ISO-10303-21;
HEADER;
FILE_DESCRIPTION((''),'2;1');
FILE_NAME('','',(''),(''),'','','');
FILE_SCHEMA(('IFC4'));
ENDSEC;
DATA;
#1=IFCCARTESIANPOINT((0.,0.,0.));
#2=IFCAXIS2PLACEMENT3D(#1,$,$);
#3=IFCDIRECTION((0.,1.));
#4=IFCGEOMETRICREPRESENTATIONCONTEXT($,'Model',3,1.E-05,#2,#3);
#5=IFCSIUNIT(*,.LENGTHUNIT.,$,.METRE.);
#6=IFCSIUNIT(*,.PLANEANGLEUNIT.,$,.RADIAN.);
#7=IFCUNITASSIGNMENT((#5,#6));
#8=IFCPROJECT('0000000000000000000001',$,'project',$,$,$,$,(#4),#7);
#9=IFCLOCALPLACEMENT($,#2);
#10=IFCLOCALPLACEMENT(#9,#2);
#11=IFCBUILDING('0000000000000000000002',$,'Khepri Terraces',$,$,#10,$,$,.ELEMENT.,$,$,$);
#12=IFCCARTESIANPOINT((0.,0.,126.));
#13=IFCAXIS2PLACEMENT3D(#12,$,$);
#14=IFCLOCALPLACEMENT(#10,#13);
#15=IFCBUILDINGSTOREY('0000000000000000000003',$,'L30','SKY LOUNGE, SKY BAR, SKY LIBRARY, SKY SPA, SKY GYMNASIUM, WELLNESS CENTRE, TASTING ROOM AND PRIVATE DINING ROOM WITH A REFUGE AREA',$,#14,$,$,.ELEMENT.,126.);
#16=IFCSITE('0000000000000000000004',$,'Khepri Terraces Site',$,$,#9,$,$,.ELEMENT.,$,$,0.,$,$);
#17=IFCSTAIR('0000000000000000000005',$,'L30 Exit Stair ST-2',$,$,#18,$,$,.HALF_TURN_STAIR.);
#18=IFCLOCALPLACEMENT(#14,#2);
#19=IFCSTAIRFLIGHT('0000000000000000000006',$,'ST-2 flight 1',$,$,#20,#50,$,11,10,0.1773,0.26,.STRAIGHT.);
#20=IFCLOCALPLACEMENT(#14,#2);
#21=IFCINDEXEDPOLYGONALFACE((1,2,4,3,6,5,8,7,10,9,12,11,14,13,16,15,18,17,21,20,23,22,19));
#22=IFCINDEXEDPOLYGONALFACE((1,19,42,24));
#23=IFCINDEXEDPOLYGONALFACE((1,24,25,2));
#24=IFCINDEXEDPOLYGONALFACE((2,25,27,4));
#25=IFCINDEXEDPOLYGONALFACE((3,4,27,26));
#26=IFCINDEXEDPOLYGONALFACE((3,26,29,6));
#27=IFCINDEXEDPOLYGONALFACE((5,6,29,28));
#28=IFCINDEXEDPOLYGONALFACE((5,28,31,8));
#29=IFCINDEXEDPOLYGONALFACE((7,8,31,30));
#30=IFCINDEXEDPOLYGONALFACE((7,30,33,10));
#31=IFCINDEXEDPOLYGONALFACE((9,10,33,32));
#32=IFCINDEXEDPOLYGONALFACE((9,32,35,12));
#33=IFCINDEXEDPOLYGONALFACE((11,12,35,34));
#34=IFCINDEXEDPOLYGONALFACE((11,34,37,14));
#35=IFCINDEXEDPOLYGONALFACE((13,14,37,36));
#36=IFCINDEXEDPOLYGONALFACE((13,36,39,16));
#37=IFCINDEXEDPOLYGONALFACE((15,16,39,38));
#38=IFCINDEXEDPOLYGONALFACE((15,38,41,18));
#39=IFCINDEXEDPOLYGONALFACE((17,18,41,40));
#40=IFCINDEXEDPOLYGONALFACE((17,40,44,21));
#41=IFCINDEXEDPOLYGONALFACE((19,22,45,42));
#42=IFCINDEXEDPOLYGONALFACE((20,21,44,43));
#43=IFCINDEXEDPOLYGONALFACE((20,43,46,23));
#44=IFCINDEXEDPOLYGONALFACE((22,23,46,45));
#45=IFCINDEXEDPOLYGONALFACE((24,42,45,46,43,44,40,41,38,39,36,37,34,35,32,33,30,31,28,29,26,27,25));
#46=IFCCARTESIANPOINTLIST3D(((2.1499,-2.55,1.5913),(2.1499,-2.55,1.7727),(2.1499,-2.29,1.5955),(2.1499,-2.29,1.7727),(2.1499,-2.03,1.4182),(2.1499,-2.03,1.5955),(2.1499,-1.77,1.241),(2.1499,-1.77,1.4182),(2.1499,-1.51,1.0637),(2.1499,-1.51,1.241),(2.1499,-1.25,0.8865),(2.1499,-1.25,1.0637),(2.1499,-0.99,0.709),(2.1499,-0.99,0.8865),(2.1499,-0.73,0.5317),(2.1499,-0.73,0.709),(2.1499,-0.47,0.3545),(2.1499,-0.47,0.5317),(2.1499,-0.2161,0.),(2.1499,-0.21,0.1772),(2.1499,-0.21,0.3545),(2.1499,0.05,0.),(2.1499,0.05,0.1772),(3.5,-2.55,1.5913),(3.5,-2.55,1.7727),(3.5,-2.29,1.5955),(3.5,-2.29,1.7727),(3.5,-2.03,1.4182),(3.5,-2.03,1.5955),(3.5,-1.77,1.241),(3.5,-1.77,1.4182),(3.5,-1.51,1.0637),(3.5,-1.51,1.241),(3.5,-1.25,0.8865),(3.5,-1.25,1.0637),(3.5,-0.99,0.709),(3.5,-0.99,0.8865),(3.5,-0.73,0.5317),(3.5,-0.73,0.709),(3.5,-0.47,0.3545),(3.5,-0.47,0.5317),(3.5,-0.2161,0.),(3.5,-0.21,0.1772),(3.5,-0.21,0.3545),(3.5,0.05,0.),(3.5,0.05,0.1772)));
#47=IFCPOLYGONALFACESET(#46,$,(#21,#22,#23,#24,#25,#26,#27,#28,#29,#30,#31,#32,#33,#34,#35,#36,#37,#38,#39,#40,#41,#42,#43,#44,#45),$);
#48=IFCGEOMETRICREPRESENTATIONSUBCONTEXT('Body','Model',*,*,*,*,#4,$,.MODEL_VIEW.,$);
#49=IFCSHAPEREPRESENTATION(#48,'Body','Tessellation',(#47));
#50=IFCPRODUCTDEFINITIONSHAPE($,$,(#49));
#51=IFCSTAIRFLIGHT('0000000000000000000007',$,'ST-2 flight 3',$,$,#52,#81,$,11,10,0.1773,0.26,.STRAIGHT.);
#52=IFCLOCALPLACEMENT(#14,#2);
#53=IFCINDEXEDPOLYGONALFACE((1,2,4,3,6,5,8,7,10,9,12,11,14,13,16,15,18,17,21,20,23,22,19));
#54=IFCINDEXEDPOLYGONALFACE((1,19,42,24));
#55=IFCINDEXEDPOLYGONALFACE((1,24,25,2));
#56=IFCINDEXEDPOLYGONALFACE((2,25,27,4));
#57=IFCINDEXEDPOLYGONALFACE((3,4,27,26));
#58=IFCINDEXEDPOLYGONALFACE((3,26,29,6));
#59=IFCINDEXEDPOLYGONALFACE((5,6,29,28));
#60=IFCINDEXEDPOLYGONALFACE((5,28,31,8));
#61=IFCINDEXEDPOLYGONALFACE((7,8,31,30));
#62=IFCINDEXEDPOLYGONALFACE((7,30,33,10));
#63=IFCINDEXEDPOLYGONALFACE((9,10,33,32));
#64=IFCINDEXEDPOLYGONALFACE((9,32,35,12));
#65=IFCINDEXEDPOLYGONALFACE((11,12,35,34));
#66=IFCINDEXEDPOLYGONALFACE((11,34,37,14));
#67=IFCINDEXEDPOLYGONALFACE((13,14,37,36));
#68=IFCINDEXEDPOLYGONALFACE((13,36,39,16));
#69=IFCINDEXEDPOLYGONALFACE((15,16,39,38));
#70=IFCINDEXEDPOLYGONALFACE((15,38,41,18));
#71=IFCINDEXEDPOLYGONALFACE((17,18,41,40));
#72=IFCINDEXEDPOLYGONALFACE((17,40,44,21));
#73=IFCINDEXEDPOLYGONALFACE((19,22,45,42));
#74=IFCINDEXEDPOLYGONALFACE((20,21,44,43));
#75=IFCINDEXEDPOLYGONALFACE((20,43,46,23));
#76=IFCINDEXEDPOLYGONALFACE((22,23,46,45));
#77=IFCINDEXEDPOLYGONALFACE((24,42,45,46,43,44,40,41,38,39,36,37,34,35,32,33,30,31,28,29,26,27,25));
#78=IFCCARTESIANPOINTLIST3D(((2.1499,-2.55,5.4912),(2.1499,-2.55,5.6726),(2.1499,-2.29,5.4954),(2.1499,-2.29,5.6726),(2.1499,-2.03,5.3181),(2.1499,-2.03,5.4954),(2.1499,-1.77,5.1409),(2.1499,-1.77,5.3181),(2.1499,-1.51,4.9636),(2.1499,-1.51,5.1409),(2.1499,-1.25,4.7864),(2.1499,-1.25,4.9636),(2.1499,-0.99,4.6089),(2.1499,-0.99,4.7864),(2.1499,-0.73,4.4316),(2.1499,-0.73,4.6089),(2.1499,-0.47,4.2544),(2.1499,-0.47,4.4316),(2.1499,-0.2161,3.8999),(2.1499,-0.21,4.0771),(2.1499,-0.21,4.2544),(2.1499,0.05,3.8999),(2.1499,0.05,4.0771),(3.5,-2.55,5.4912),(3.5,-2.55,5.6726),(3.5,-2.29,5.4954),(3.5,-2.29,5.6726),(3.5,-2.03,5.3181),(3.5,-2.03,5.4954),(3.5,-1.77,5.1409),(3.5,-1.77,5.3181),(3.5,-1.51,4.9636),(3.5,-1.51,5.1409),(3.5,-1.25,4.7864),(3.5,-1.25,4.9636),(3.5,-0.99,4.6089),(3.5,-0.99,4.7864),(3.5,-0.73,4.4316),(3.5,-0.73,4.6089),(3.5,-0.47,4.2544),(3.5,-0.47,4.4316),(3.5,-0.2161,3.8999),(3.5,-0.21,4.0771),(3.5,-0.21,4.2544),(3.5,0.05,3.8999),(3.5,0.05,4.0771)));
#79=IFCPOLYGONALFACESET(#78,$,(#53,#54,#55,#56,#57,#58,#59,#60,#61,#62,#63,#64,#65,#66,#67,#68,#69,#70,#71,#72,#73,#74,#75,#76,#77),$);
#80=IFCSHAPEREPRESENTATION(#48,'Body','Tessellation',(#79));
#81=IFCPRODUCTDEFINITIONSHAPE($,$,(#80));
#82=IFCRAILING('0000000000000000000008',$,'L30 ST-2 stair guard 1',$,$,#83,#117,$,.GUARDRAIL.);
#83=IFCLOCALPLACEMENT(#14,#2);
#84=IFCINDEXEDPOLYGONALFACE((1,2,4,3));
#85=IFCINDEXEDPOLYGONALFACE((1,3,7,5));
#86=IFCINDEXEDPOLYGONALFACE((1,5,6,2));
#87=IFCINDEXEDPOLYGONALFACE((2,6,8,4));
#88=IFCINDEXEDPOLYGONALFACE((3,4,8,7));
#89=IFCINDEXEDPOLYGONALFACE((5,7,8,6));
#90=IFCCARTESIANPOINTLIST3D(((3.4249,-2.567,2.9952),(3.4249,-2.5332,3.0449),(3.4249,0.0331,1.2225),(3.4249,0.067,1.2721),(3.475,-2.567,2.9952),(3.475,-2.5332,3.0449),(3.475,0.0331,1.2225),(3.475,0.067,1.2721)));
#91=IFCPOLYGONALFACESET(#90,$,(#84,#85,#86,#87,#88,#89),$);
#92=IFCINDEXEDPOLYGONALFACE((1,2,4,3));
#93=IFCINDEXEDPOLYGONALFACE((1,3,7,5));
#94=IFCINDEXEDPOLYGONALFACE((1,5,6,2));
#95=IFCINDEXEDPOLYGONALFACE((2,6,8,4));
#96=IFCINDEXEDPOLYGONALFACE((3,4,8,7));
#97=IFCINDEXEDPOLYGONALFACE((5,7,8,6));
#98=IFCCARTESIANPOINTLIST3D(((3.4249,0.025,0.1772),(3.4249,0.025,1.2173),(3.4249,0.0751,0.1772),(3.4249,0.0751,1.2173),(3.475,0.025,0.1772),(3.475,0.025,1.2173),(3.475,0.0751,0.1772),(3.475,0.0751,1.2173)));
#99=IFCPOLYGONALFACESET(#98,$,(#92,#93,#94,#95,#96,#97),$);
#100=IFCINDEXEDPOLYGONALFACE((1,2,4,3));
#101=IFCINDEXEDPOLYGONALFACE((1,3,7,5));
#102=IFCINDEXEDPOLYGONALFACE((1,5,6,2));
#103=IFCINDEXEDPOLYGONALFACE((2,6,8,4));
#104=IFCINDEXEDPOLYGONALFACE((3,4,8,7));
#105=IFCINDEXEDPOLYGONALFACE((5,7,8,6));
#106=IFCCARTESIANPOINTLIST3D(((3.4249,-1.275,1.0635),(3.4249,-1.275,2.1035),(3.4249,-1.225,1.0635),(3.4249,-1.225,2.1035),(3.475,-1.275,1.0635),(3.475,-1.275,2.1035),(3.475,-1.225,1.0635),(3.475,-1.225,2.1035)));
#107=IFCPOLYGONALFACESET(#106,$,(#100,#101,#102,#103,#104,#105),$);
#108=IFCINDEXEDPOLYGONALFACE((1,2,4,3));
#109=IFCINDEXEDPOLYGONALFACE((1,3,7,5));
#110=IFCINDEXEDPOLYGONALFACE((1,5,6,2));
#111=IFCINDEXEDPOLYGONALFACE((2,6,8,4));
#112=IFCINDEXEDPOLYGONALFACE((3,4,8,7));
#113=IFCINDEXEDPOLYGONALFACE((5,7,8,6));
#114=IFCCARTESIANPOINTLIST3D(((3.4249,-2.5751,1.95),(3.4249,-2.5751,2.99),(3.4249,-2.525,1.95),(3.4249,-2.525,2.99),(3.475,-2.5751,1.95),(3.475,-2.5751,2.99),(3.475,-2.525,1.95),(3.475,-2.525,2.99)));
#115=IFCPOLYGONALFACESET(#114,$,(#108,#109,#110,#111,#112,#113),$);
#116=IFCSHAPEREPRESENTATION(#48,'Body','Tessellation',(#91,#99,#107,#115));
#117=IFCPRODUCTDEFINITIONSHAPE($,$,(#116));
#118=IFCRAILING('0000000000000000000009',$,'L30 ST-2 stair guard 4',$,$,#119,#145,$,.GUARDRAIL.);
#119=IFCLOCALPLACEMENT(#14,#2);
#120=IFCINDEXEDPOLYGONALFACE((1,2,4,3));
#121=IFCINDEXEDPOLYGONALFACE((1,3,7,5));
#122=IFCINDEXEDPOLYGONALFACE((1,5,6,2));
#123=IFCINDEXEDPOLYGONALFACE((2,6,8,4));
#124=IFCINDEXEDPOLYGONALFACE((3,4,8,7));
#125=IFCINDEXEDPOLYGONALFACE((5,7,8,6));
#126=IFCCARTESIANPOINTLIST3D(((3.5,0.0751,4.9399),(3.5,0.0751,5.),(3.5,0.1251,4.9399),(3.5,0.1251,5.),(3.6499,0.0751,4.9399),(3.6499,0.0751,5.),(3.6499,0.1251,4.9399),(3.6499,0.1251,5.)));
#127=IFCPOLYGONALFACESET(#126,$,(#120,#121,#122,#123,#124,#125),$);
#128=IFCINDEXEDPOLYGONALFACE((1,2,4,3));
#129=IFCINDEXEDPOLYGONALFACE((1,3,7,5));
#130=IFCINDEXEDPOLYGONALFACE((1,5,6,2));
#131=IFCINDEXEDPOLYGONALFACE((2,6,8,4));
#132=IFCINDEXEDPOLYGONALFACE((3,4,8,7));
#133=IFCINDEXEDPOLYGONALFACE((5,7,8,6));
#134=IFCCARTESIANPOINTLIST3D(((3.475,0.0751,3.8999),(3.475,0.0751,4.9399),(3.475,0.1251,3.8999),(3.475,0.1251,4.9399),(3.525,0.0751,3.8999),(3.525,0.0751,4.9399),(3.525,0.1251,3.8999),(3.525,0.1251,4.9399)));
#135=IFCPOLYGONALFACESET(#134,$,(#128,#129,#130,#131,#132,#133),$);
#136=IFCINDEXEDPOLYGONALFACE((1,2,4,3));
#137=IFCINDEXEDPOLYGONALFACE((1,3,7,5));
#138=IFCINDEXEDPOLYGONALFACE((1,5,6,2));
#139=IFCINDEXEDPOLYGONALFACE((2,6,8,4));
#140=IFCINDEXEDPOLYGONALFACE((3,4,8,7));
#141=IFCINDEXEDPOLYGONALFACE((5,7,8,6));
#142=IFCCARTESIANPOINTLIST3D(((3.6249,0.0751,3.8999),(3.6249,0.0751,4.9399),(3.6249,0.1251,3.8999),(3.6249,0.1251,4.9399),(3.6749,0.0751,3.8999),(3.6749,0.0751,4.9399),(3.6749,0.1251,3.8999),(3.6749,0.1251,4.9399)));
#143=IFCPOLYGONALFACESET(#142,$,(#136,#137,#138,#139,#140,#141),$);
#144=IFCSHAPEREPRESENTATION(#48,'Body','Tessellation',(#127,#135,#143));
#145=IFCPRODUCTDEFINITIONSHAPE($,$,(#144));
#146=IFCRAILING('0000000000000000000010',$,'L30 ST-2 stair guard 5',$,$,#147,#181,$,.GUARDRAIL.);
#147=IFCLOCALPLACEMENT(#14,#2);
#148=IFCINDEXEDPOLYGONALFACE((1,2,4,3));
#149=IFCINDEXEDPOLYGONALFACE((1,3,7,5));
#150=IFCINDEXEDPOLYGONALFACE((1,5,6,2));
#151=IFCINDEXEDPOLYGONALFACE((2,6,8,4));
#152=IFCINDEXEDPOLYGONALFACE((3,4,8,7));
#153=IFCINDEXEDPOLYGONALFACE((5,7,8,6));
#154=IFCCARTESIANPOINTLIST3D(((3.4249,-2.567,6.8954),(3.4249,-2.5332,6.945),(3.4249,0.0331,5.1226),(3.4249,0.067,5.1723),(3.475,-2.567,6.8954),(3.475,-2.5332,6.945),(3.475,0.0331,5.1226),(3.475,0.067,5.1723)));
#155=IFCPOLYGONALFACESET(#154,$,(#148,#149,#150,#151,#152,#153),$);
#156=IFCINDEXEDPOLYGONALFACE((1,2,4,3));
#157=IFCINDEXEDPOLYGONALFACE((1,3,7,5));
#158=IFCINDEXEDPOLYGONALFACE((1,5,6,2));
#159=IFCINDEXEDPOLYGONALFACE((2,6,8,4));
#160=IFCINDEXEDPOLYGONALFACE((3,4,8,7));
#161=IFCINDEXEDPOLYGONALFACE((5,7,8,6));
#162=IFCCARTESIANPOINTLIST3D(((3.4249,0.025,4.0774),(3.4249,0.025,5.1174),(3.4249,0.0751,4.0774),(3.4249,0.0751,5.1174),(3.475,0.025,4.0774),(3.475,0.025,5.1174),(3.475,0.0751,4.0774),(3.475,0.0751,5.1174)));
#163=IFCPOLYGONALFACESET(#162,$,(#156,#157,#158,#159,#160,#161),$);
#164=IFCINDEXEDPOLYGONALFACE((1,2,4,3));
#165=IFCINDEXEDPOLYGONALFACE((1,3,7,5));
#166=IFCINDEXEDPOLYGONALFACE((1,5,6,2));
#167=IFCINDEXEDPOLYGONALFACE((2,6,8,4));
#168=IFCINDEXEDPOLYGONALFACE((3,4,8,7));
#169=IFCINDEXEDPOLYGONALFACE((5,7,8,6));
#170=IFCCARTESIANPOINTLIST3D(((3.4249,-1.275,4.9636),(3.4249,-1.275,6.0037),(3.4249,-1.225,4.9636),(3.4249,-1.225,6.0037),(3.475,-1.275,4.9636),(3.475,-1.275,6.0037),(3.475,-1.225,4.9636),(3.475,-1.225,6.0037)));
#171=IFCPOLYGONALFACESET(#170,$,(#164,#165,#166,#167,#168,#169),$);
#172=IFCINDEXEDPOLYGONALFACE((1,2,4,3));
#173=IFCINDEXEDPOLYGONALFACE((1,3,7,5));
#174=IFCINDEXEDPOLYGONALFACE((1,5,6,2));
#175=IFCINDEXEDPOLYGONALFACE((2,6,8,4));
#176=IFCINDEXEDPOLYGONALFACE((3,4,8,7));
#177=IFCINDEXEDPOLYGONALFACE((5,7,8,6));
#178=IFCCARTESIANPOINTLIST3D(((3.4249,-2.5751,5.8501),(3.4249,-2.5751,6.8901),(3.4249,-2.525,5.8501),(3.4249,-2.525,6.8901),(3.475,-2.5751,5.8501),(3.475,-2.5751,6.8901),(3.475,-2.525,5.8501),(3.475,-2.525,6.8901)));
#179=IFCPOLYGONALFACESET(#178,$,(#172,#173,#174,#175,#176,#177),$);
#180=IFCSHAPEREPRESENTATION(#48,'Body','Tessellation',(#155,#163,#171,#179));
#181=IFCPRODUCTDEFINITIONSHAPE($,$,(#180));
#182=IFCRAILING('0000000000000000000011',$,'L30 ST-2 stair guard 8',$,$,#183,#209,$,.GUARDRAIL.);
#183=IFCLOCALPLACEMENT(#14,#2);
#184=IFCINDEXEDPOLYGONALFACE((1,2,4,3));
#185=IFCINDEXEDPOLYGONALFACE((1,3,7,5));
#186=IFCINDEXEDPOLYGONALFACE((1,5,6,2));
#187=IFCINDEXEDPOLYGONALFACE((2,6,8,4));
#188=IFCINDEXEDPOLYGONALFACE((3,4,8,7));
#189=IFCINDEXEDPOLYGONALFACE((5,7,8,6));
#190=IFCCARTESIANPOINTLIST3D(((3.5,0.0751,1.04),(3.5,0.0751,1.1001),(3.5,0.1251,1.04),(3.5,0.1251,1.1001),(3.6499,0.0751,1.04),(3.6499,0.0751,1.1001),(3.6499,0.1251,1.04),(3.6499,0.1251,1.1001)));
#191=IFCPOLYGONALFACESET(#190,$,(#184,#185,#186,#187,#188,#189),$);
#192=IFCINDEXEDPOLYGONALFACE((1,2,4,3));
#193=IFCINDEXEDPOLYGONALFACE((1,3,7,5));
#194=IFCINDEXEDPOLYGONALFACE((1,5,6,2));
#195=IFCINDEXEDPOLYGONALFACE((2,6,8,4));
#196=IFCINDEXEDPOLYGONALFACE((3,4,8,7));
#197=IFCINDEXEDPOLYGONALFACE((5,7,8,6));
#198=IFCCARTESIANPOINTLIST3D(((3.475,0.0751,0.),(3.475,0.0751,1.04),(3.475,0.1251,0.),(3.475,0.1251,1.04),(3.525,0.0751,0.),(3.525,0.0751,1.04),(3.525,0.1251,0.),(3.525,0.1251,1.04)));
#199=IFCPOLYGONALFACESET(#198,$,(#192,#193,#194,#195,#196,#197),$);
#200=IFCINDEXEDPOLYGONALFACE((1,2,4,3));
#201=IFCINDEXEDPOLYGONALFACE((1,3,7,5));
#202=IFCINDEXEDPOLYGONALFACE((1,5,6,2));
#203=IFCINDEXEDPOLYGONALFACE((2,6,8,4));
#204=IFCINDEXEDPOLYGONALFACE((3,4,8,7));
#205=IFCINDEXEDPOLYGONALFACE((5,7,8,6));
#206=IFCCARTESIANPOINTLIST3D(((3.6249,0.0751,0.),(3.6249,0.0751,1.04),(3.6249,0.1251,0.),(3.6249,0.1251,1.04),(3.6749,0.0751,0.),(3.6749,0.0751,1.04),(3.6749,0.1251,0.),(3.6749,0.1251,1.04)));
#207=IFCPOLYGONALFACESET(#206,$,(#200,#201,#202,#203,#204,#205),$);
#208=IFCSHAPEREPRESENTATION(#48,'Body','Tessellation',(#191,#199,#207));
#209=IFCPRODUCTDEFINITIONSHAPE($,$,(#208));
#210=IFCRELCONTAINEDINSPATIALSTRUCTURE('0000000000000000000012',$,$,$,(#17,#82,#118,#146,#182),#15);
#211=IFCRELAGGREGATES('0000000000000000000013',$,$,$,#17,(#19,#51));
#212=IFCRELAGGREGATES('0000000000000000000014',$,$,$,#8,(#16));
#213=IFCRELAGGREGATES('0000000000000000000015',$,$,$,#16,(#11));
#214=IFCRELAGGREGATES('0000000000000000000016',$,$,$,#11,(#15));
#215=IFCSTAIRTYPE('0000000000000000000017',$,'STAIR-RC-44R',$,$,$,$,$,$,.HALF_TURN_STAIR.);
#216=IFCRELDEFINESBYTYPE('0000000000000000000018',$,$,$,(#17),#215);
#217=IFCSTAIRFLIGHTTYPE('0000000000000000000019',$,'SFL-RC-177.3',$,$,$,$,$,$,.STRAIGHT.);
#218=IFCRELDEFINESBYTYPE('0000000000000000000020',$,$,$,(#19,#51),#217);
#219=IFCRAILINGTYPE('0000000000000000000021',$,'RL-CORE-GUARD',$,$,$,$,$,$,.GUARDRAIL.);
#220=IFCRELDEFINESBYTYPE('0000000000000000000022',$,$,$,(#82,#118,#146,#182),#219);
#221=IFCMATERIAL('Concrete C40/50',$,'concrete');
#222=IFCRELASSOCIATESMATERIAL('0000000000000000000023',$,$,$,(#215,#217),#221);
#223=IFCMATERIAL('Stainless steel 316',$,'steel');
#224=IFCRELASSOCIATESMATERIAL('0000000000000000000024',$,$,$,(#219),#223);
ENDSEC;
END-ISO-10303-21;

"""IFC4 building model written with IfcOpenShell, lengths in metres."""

from ifc_helpers import new_model, si_unit, direction, frame, origin, origin_2d, place, context, subcontext, project, spatial, polyline, rectangle, outline, extrude, material, type_object, element, aggregate, save


model = new_model("IFC4")

# Units and contexts
model_context = context("Model", 3, precision=1e-05, world=origin(), true_north=direction((0.0, 1.0)))
body_context = subcontext(model_context, "Body", "Model", "MODEL_VIEW")
ifc_project = project(units=[si_unit("LENGTHUNIT", "METRE"), si_unit("PLANEANGLEUNIT", "RADIAN")], contexts=[model_context])

# Site, building, storey
site_placement = place(None, origin())
site = spatial("IfcSite", under=ifc_project, at=site_placement, Name="Khepri Terraces Site", CompositionType="ELEMENT", RefElevation=0.0)
building_placement = place(site_placement, origin())
building = spatial("IfcBuilding", under=site, at=building_placement, Name="Khepri Terraces", CompositionType="ELEMENT")
storey_placement = place(building_placement, frame((0.0, 0.0, 126.0)))
storey = spatial("IfcBuildingStorey", under=building, at=storey_placement, Name="L30", Description="SKY LOUNGE, SKY BAR, SKY LIBRARY, SKY SPA, SKY GYMNASIUM, WELLNESS CENTRE, TASTING ROOM AND PRIVATE DINING ROOM WITH A REFUGE AREA", CompositionType="ELEMENT", Elevation=126.0)

# Stair
ifc_material_1 = material(Name="Concrete C40/50", Category="concrete")
stair_type = type_object("IfcStairType", Name="STAIR-RC-44R", PredefinedType="HALF_TURN_STAIR", material=ifc_material_1)
stair_1_placement = place(storey_placement, origin())
stair_1 = element("IfcStair", 1, at=stair_1_placement, inside=storey, type_object=stair_type, Name="L30 Exit Stair ST-2", PredefinedType="HALF_TURN_STAIR")

# Stair flights
stair_flight_type = type_object("IfcStairFlightType", Name="SFL-RC-177.3", PredefinedType="STRAIGHT", material=ifc_material_1)
stair_flight_1_placement = place(storey_placement, frame((2.825, 0.05, 0.0), z_axis=(0.0, 0.0, 1.0), x_axis=(0.0, -1.0, 0.0)))
stair_flight_1 = element("IfcStairFlight", 2, at=stair_flight_1_placement, type_object=stair_flight_type, Name="ST-2 flight 1", NumberOfRisers=11, NumberOfTreads=10, PredefinedType="STRAIGHT", RiserHeight=0.1773, TreadLength=0.26, context=body_context, shape_type="SweptSolid", body=[
    extrude(outline(polyline([(0.0, 0.0), (0.0, 0.1772), (0.26, 0.1772), (0.26, 0.3545), (0.52, 0.3545), (0.52, 0.5317), (0.78, 0.5317), (0.78, 0.709), (1.04, 0.709), (1.04, 0.8865), (1.3, 0.8865), (1.3, 1.0637), (1.5601, 1.0637), (1.5601, 1.241), (1.8201, 1.241), (1.8201, 1.4182), (2.0801, 1.4182), (2.0801, 1.5955), (2.3401, 1.5955), (2.3401, 1.7727), (2.6001, 1.7727), (2.6001, 1.95), (2.6001, 1.5913), (0.2661, 0.0), (0.0, 0.0)])), frame((0.0, 0.675, 0.0), z_axis=(0.0, -1.0, 0.0), x_axis=(1.0, 0.0, 0.0)), (0.0, 0.0, 1.0), 1.3501),
])
stair_flight_2_placement = place(storey_placement, frame((2.825, 0.05, 3.8999), z_axis=(0.0, 0.0, 1.0), x_axis=(0.0, -1.0, 0.0)))
stair_flight_2 = element("IfcStairFlight", 3, at=stair_flight_2_placement, type_object=stair_flight_type, Name="ST-2 flight 3", NumberOfRisers=11, NumberOfTreads=10, PredefinedType="STRAIGHT", RiserHeight=0.1773, TreadLength=0.26, context=body_context, shape_type="SweptSolid", body=[
    extrude(outline(polyline([(0.0, 0.0), (0.0, 0.1772), (0.26, 0.1772), (0.26, 0.3545), (0.52, 0.3545), (0.52, 0.5317), (0.78, 0.5317), (0.78, 0.709), (1.04, 0.709), (1.04, 0.8865), (1.3, 0.8865), (1.3, 1.0637), (1.5601, 1.0637), (1.5601, 1.241), (1.8201, 1.241), (1.8201, 1.4182), (2.0801, 1.4182), (2.0801, 1.5955), (2.3401, 1.5955), (2.3401, 1.7727), (2.6001, 1.7727), (2.6001, 1.95), (2.6001, 1.5913), (0.2661, 0.0), (0.0, 0.0)])), frame((0.0, 0.675, 0.0), z_axis=(0.0, -1.0, 0.0), x_axis=(1.0, 0.0, 0.0)), (0.0, 0.0, 1.0), 1.3501),
])
aggregate(stair_1, [stair_flight_1, stair_flight_2])

# Railings
ifc_material_2 = material(Name="Stainless steel 316", Category="steel")
railing_type_1 = type_object("IfcRailingType", Name="RL-CORE-GUARD", PredefinedType="GUARDRAIL", material=ifc_material_2)
railing_1_placement = place(storey_placement, frame((3.45, 0.05, 0.1772)))
element("IfcRailing", 4, at=railing_1_placement, inside=storey, type_object=railing_type_1, Name="L30 ST-2 stair guard 1", PredefinedType="GUARDRAIL", context=body_context, shape_type="SweptSolid", body=[
    extrude(rectangle(XDim=0.05, YDim=0.0601, at=origin_2d()), frame((0.0, 0.0, 1.0701), z_axis=(0.0, -0.82624, 0.563318), x_axis=(1.0, 0.0, 0.0)), (0.0, 0.0, 1.0), 3.147),
    extrude(rectangle(XDim=0.05, YDim=0.05, at=origin_2d()), origin(), (0.0, 0.0, 1.0), 1.04),
    extrude(rectangle(XDim=0.05, YDim=0.05, at=origin_2d()), frame((0.0, -1.3, 0.8862)), (0.0, 0.0, 1.0), 1.04),
    extrude(rectangle(XDim=0.05, YDim=0.05, at=origin_2d()), frame((0.0, -2.6001, 1.7727)), (0.0, 0.0, 1.0), 1.04),
])
railing_2_placement = place(storey_placement, frame((3.5, 0.1001, 3.8999)))
element("IfcRailing", 5, at=railing_2_placement, inside=storey, type_object=railing_type_1, Name="L30 ST-2 stair guard 4", PredefinedType="GUARDRAIL", context=body_context, shape_type="SweptSolid", body=[
    extrude(rectangle(XDim=0.05, YDim=0.0601, at=origin_2d()), frame((0.0, 0.0, 1.0701), z_axis=(1.0, 0.0, 0.0), x_axis=(0.0, 1.0, 0.0)), (0.0, 0.0, 1.0), 0.1499),
    extrude(rectangle(XDim=0.05, YDim=0.05, at=origin_2d()), origin(), (0.0, 0.0, 1.0), 1.04),
    extrude(rectangle(XDim=0.05, YDim=0.05, at=origin_2d()), frame((0.1499, 0.0, 0.0)), (0.0, 0.0, 1.0), 1.04),
])
railing_3_placement = place(storey_placement, frame((3.45, 0.05, 4.0774)))
element("IfcRailing", 6, at=railing_3_placement, inside=storey, type_object=railing_type_1, Name="L30 ST-2 stair guard 5", PredefinedType="GUARDRAIL", context=body_context, shape_type="SweptSolid", body=[
    extrude(rectangle(XDim=0.05, YDim=0.0601, at=origin_2d()), frame((0.0, 0.0, 1.0701), z_axis=(0.0, -0.82624, 0.563318), x_axis=(1.0, 0.0, 0.0)), (0.0, 0.0, 1.0), 3.147),
    extrude(rectangle(XDim=0.05, YDim=0.05, at=origin_2d()), origin(), (0.0, 0.0, 1.0), 1.04),
    extrude(rectangle(XDim=0.05, YDim=0.05, at=origin_2d()), frame((0.0, -1.3, 0.8862)), (0.0, 0.0, 1.0), 1.04),
    extrude(rectangle(XDim=0.05, YDim=0.05, at=origin_2d()), frame((0.0, -2.6001, 1.7727)), (0.0, 0.0, 1.0), 1.04),
])
railing_4_placement = place(storey_placement, frame((3.5, 0.1001, 0.0)))
element("IfcRailing", 7, at=railing_4_placement, inside=storey, type_object=railing_type_1, Name="L30 ST-2 stair guard 8", PredefinedType="GUARDRAIL", context=body_context, shape_type="SweptSolid", body=[
    extrude(rectangle(XDim=0.05, YDim=0.0601, at=origin_2d()), frame((0.0, 0.0, 1.0701), z_axis=(1.0, 0.0, 0.0), x_axis=(0.0, 1.0, 0.0)), (0.0, 0.0, 1.0), 0.1499),
    extrude(rectangle(XDim=0.05, YDim=0.05, at=origin_2d()), origin(), (0.0, 0.0, 1.0), 1.04),
    extrude(rectangle(XDim=0.05, YDim=0.05, at=origin_2d()), frame((0.1499, 0.0, 0.0)), (0.0, 0.0, 1.0), 1.04),
])

save(model, "model.ifc")
